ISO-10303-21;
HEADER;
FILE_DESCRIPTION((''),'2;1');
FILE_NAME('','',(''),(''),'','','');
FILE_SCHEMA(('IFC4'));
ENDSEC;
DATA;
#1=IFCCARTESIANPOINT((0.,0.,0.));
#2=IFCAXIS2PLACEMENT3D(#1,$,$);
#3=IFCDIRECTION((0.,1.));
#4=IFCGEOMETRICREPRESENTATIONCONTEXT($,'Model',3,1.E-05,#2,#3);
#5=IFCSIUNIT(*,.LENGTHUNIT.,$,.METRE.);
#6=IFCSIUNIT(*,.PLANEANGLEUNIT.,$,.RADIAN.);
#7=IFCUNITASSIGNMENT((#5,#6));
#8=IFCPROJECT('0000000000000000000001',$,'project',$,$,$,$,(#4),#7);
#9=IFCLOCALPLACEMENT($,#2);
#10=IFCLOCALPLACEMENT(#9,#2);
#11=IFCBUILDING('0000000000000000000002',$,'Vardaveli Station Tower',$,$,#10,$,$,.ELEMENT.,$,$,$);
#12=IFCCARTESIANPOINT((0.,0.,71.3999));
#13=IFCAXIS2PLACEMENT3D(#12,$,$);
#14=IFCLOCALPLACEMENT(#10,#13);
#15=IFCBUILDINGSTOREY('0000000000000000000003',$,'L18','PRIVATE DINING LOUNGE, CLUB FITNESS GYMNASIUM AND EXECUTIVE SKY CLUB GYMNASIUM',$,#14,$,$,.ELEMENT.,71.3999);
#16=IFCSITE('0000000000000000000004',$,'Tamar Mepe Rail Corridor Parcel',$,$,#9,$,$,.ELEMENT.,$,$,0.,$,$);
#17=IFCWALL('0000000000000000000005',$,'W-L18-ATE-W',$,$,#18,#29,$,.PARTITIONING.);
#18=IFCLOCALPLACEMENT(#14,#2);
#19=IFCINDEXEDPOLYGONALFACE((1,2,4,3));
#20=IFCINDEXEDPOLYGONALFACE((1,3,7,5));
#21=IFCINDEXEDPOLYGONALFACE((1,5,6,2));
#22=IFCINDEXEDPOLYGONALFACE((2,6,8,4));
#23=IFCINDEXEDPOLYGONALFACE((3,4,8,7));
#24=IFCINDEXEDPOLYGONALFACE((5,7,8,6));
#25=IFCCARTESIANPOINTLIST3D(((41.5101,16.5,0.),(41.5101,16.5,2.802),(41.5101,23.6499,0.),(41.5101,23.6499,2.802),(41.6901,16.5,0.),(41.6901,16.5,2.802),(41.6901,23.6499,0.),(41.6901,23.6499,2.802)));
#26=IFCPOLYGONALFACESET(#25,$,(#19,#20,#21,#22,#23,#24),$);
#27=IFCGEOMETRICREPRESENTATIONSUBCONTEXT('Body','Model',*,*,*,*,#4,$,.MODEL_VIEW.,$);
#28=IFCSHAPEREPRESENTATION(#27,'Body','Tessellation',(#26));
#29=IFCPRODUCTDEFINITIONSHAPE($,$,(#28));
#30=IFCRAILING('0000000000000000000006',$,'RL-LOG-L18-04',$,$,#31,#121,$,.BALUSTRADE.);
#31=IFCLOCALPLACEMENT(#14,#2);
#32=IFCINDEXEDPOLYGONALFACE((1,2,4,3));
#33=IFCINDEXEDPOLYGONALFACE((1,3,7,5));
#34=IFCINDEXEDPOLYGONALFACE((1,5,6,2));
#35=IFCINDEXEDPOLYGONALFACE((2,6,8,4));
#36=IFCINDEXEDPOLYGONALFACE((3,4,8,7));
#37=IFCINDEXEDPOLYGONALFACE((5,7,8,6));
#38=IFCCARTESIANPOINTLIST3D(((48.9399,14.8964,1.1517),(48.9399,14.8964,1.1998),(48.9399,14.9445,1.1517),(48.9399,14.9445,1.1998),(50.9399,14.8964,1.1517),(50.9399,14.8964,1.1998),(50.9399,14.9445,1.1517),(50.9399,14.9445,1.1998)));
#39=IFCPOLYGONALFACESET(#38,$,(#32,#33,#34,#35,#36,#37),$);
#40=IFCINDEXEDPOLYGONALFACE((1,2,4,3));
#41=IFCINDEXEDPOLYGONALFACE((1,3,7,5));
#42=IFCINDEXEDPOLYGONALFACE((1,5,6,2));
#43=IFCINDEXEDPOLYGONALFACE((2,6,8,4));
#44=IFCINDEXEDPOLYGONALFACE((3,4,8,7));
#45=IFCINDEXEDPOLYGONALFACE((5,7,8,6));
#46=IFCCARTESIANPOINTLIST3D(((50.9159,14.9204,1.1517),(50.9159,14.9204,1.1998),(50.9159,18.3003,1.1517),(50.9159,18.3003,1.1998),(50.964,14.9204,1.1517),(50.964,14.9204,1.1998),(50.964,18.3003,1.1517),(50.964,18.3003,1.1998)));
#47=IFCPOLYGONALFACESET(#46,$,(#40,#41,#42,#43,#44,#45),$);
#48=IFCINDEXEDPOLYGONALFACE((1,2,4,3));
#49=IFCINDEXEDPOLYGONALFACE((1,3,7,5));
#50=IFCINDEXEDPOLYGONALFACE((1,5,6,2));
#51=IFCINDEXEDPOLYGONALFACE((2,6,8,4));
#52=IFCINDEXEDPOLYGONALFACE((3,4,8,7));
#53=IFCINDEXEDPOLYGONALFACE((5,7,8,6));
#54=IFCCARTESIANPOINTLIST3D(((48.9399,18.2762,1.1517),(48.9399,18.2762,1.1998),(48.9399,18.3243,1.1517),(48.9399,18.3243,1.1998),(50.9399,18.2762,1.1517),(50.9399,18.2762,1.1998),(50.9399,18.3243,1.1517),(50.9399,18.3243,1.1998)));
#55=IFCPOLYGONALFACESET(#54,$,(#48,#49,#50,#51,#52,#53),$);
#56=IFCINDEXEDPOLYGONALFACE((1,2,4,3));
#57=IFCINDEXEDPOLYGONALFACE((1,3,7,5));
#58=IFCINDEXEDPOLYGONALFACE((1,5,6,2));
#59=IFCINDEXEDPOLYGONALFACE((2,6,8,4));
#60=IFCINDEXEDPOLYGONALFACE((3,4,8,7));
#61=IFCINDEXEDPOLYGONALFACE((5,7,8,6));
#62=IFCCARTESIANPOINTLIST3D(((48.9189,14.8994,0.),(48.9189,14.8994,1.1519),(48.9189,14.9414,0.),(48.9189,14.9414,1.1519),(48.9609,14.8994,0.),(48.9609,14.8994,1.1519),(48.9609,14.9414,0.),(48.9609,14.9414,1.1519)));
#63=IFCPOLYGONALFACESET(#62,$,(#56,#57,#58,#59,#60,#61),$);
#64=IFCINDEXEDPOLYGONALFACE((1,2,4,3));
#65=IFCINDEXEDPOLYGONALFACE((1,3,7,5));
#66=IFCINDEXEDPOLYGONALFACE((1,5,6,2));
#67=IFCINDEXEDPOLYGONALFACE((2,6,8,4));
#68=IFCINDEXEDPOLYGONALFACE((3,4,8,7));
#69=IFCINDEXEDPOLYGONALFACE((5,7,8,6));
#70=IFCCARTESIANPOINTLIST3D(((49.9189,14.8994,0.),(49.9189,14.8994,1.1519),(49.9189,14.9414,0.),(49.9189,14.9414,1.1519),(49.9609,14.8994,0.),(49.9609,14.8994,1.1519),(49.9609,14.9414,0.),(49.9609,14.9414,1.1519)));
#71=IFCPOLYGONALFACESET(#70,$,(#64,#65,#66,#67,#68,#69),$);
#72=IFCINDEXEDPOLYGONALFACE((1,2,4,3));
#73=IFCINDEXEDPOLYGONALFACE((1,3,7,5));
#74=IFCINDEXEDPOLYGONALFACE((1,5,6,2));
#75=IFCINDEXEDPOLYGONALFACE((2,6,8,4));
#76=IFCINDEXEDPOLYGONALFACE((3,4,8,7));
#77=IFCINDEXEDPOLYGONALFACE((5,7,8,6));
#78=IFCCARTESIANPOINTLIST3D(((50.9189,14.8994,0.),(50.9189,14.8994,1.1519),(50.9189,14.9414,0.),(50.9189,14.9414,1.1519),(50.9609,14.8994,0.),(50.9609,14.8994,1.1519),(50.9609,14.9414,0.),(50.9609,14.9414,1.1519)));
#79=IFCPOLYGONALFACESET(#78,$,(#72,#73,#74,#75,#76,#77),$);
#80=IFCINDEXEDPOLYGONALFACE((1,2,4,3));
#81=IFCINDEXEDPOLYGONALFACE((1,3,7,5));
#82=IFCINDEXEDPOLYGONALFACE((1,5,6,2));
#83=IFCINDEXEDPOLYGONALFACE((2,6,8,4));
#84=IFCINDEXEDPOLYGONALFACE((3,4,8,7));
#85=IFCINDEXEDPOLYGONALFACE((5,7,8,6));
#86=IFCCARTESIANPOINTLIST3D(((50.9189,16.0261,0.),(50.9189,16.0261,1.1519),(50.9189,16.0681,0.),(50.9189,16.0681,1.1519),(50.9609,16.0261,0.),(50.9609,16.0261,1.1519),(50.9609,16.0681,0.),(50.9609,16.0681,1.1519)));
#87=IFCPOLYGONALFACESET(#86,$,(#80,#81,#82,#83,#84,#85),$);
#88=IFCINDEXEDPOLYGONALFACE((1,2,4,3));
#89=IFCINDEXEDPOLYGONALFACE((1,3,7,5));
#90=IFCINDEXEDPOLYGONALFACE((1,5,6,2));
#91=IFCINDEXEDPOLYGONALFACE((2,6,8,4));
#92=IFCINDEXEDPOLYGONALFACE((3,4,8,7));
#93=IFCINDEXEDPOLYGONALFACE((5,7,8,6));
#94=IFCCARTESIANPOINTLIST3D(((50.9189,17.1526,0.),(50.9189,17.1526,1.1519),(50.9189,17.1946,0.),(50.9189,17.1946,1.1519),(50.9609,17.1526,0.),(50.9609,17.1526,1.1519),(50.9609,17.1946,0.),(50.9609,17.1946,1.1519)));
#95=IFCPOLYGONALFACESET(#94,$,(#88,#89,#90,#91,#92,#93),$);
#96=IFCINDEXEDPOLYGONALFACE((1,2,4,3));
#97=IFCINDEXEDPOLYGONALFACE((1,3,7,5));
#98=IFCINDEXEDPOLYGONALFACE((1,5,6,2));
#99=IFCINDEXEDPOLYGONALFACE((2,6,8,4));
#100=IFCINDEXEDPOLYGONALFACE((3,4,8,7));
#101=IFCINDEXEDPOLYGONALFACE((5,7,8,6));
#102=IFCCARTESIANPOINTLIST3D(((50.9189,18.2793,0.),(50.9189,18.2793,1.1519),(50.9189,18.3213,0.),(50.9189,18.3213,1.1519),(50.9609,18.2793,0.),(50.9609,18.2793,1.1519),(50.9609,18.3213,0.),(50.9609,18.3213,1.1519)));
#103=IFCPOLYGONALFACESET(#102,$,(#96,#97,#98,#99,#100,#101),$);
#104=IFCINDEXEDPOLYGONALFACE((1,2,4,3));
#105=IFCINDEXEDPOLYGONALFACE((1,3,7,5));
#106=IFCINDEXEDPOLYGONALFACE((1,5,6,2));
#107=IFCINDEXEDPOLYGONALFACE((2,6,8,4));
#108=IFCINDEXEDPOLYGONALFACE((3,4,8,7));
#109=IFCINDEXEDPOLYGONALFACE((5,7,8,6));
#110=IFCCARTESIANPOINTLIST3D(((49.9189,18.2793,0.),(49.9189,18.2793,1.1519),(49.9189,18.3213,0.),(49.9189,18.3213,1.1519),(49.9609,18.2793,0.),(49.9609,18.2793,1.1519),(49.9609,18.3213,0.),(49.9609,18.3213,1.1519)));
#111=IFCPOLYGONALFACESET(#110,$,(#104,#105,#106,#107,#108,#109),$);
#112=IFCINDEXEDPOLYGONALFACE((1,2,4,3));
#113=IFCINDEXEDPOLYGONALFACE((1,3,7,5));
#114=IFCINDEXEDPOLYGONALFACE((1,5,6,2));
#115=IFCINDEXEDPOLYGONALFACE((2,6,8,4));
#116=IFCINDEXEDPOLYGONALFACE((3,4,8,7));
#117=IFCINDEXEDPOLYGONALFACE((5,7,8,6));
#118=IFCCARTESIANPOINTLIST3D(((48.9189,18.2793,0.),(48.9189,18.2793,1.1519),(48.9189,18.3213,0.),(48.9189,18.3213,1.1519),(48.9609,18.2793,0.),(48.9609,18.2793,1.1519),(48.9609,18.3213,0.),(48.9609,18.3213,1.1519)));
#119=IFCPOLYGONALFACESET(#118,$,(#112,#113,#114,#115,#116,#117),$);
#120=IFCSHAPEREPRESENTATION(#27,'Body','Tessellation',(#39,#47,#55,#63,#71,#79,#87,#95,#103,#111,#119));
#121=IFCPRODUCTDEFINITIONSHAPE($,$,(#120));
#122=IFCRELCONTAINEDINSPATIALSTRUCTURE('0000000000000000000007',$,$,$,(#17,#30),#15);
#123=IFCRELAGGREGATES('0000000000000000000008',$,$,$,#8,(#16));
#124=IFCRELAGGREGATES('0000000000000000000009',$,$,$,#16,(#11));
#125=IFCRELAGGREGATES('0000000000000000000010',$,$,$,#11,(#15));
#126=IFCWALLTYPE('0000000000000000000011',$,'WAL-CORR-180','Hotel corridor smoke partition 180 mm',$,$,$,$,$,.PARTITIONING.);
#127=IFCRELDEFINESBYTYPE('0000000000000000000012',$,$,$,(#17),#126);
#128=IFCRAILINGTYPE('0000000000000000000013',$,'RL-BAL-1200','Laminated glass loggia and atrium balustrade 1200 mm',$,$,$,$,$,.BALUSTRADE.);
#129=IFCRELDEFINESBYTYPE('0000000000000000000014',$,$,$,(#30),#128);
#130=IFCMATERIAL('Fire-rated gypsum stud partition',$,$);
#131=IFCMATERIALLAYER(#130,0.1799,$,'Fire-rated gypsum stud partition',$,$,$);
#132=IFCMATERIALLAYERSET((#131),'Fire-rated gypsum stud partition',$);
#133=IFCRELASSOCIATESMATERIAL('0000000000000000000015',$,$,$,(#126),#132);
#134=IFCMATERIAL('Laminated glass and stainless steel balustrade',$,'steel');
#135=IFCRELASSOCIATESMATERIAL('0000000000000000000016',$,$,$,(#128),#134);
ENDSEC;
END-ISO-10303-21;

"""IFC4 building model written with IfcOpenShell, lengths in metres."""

from ifc_helpers import new_model, si_unit, direction, frame, frame_2d, origin, origin_2d, place, context, subcontext, project, spatial, rectangle, extrude, source, transform, mapped, material, layer, layer_set, type_object, element, save


model = new_model("IFC4")

# Units and contexts
model_context = context("Model", 3, precision=1e-05, world=origin(), true_north=direction((0.0, 1.0)))
body_context = subcontext(model_context, "Body", "Model", "MODEL_VIEW")
ifc_project = project(units=[si_unit("LENGTHUNIT", "METRE"), si_unit("PLANEANGLEUNIT", "RADIAN")], contexts=[model_context])

# Site, building, storey
site_placement = place(None, origin())
site = spatial("IfcSite", under=ifc_project, at=site_placement, Name="Tamar Mepe Rail Corridor Parcel", CompositionType="ELEMENT", RefElevation=0.0)
building_placement = place(site_placement, origin())
building = spatial("IfcBuilding", under=site, at=building_placement, Name="Vardaveli Station Tower", CompositionType="ELEMENT")
storey_placement = place(building_placement, frame((0.0, 0.0, 71.3999)))
storey = spatial("IfcBuildingStorey", under=building, at=storey_placement, Name="L18", Description="PRIVATE DINING LOUNGE, CLUB FITNESS GYMNASIUM AND EXECUTIVE SKY CLUB GYMNASIUM", CompositionType="ELEMENT", Elevation=71.3999)

# Shared definitions
ifc_material_1 = material(Name="Fire-rated gypsum stud partition")
ifc_layer_1 = layer(ifc_material_1, 0.1799, Name="Fire-rated gypsum stud partition")
ifc_layer_set_1 = layer_set([ifc_layer_1], Name="Fire-rated gypsum stud partition")
wall_type_1 = type_object("IfcWallType", Name="WAL-CORR-180", Description="Hotel corridor smoke partition 180 mm", PredefinedType="PARTITIONING", material=ifc_layer_set_1)

# Wall
shared_shape_1 = source(origin(), body_context, "Body", "SweptSolid", [
    extrude(rectangle(XDim=7.1499, YDim=0.1799, at=frame_2d((3.575, 0.0))), origin(), (0.0, 0.0, 1.0), 2.802),
])
wall_1_placement = place(storey_placement, frame((41.6001, 16.5, 0.0), z_axis=(0.0, 0.0, 1.0), x_axis=(0.0, 1.0, 0.0)))
element("IfcWall", 1, at=wall_1_placement, inside=storey, type_object=wall_type_1, Name="W-L18-ATE-W", PredefinedType="PARTITIONING", context=body_context, shape_type="MappedRepresentation", body=[
    mapped(shared_shape_1, transform((0.0, 0.0, 0.0), scale=1.0)),
])

# Railing
ifc_material_2 = material(Name="Laminated glass and stainless steel balustrade", Category="steel")
railing_type = type_object("IfcRailingType", Name="RL-BAL-1200", Description="Laminated glass loggia and atrium balustrade 1200 mm", PredefinedType="BALUSTRADE", material=ifc_material_2)
shared_shape_2 = source(origin(), body_context, "Body", "SweptSolid", [
    extrude(rectangle(XDim=0.0481, YDim=0.0481, at=origin_2d()), frame((0.0, 0.0, 1.1758), z_axis=(1.0, 0.0, 0.0), x_axis=(0.0, 1.0, 0.0)), (0.0, 0.0, 1.0), 2.0),
    extrude(rectangle(XDim=0.0481, YDim=0.0481, at=origin_2d()), frame((2.0, 0.0, 1.1758), z_axis=(0.0, 1.0, 0.0), x_axis=(-1.0, 0.0, 0.0)), (0.0, 0.0, 1.0), 3.3799),
    extrude(rectangle(XDim=0.0481, YDim=0.0481, at=origin_2d()), frame((2.0, 3.3799, 1.1758), z_axis=(-1.0, 0.0, 0.0), x_axis=(0.0, -1.0, 0.0)), (0.0, 0.0, 1.0), 2.0),
    extrude(rectangle(XDim=0.042, YDim=0.042, at=origin_2d()), origin(), (0.0, 0.0, 1.0), 1.1519),
    extrude(rectangle(XDim=0.042, YDim=0.042, at=origin_2d()), frame((1.0, 0.0, 0.0)), (0.0, 0.0, 1.0), 1.1519),
    extrude(rectangle(XDim=0.042, YDim=0.042, at=origin_2d()), frame((2.0, 0.0, 0.0)), (0.0, 0.0, 1.0), 1.1519),
    extrude(rectangle(XDim=0.042, YDim=0.042, at=origin_2d()), frame((2.0, 1.1267, 0.0)), (0.0, 0.0, 1.0), 1.1519),
    extrude(rectangle(XDim=0.042, YDim=0.042, at=origin_2d()), frame((2.0, 2.2532, 0.0)), (0.0, 0.0, 1.0), 1.1519),
    extrude(rectangle(XDim=0.042, YDim=0.042, at=origin_2d()), frame((2.0, 3.3799, 0.0)), (0.0, 0.0, 1.0), 1.1519),
    extrude(rectangle(XDim=0.042, YDim=0.042, at=origin_2d()), frame((1.0, 3.3799, 0.0)), (0.0, 0.0, 1.0), 1.1519),
    extrude(rectangle(XDim=0.042, YDim=0.042, at=origin_2d()), frame((0.0, 3.3799, 0.0)), (0.0, 0.0, 1.0), 1.1519),
])
railing_placement = place(storey_placement, frame((48.9399, 14.9204, 0.0)))
element("IfcRailing", 2, at=railing_placement, inside=storey, type_object=railing_type, Name="RL-LOG-L18-04", PredefinedType="BALUSTRADE", context=body_context, shape_type="MappedRepresentation", body=[
    mapped(shared_shape_2, transform((0.0, 0.0, 0.0), scale=1.0)),
])

save(model, "model.ifc")
